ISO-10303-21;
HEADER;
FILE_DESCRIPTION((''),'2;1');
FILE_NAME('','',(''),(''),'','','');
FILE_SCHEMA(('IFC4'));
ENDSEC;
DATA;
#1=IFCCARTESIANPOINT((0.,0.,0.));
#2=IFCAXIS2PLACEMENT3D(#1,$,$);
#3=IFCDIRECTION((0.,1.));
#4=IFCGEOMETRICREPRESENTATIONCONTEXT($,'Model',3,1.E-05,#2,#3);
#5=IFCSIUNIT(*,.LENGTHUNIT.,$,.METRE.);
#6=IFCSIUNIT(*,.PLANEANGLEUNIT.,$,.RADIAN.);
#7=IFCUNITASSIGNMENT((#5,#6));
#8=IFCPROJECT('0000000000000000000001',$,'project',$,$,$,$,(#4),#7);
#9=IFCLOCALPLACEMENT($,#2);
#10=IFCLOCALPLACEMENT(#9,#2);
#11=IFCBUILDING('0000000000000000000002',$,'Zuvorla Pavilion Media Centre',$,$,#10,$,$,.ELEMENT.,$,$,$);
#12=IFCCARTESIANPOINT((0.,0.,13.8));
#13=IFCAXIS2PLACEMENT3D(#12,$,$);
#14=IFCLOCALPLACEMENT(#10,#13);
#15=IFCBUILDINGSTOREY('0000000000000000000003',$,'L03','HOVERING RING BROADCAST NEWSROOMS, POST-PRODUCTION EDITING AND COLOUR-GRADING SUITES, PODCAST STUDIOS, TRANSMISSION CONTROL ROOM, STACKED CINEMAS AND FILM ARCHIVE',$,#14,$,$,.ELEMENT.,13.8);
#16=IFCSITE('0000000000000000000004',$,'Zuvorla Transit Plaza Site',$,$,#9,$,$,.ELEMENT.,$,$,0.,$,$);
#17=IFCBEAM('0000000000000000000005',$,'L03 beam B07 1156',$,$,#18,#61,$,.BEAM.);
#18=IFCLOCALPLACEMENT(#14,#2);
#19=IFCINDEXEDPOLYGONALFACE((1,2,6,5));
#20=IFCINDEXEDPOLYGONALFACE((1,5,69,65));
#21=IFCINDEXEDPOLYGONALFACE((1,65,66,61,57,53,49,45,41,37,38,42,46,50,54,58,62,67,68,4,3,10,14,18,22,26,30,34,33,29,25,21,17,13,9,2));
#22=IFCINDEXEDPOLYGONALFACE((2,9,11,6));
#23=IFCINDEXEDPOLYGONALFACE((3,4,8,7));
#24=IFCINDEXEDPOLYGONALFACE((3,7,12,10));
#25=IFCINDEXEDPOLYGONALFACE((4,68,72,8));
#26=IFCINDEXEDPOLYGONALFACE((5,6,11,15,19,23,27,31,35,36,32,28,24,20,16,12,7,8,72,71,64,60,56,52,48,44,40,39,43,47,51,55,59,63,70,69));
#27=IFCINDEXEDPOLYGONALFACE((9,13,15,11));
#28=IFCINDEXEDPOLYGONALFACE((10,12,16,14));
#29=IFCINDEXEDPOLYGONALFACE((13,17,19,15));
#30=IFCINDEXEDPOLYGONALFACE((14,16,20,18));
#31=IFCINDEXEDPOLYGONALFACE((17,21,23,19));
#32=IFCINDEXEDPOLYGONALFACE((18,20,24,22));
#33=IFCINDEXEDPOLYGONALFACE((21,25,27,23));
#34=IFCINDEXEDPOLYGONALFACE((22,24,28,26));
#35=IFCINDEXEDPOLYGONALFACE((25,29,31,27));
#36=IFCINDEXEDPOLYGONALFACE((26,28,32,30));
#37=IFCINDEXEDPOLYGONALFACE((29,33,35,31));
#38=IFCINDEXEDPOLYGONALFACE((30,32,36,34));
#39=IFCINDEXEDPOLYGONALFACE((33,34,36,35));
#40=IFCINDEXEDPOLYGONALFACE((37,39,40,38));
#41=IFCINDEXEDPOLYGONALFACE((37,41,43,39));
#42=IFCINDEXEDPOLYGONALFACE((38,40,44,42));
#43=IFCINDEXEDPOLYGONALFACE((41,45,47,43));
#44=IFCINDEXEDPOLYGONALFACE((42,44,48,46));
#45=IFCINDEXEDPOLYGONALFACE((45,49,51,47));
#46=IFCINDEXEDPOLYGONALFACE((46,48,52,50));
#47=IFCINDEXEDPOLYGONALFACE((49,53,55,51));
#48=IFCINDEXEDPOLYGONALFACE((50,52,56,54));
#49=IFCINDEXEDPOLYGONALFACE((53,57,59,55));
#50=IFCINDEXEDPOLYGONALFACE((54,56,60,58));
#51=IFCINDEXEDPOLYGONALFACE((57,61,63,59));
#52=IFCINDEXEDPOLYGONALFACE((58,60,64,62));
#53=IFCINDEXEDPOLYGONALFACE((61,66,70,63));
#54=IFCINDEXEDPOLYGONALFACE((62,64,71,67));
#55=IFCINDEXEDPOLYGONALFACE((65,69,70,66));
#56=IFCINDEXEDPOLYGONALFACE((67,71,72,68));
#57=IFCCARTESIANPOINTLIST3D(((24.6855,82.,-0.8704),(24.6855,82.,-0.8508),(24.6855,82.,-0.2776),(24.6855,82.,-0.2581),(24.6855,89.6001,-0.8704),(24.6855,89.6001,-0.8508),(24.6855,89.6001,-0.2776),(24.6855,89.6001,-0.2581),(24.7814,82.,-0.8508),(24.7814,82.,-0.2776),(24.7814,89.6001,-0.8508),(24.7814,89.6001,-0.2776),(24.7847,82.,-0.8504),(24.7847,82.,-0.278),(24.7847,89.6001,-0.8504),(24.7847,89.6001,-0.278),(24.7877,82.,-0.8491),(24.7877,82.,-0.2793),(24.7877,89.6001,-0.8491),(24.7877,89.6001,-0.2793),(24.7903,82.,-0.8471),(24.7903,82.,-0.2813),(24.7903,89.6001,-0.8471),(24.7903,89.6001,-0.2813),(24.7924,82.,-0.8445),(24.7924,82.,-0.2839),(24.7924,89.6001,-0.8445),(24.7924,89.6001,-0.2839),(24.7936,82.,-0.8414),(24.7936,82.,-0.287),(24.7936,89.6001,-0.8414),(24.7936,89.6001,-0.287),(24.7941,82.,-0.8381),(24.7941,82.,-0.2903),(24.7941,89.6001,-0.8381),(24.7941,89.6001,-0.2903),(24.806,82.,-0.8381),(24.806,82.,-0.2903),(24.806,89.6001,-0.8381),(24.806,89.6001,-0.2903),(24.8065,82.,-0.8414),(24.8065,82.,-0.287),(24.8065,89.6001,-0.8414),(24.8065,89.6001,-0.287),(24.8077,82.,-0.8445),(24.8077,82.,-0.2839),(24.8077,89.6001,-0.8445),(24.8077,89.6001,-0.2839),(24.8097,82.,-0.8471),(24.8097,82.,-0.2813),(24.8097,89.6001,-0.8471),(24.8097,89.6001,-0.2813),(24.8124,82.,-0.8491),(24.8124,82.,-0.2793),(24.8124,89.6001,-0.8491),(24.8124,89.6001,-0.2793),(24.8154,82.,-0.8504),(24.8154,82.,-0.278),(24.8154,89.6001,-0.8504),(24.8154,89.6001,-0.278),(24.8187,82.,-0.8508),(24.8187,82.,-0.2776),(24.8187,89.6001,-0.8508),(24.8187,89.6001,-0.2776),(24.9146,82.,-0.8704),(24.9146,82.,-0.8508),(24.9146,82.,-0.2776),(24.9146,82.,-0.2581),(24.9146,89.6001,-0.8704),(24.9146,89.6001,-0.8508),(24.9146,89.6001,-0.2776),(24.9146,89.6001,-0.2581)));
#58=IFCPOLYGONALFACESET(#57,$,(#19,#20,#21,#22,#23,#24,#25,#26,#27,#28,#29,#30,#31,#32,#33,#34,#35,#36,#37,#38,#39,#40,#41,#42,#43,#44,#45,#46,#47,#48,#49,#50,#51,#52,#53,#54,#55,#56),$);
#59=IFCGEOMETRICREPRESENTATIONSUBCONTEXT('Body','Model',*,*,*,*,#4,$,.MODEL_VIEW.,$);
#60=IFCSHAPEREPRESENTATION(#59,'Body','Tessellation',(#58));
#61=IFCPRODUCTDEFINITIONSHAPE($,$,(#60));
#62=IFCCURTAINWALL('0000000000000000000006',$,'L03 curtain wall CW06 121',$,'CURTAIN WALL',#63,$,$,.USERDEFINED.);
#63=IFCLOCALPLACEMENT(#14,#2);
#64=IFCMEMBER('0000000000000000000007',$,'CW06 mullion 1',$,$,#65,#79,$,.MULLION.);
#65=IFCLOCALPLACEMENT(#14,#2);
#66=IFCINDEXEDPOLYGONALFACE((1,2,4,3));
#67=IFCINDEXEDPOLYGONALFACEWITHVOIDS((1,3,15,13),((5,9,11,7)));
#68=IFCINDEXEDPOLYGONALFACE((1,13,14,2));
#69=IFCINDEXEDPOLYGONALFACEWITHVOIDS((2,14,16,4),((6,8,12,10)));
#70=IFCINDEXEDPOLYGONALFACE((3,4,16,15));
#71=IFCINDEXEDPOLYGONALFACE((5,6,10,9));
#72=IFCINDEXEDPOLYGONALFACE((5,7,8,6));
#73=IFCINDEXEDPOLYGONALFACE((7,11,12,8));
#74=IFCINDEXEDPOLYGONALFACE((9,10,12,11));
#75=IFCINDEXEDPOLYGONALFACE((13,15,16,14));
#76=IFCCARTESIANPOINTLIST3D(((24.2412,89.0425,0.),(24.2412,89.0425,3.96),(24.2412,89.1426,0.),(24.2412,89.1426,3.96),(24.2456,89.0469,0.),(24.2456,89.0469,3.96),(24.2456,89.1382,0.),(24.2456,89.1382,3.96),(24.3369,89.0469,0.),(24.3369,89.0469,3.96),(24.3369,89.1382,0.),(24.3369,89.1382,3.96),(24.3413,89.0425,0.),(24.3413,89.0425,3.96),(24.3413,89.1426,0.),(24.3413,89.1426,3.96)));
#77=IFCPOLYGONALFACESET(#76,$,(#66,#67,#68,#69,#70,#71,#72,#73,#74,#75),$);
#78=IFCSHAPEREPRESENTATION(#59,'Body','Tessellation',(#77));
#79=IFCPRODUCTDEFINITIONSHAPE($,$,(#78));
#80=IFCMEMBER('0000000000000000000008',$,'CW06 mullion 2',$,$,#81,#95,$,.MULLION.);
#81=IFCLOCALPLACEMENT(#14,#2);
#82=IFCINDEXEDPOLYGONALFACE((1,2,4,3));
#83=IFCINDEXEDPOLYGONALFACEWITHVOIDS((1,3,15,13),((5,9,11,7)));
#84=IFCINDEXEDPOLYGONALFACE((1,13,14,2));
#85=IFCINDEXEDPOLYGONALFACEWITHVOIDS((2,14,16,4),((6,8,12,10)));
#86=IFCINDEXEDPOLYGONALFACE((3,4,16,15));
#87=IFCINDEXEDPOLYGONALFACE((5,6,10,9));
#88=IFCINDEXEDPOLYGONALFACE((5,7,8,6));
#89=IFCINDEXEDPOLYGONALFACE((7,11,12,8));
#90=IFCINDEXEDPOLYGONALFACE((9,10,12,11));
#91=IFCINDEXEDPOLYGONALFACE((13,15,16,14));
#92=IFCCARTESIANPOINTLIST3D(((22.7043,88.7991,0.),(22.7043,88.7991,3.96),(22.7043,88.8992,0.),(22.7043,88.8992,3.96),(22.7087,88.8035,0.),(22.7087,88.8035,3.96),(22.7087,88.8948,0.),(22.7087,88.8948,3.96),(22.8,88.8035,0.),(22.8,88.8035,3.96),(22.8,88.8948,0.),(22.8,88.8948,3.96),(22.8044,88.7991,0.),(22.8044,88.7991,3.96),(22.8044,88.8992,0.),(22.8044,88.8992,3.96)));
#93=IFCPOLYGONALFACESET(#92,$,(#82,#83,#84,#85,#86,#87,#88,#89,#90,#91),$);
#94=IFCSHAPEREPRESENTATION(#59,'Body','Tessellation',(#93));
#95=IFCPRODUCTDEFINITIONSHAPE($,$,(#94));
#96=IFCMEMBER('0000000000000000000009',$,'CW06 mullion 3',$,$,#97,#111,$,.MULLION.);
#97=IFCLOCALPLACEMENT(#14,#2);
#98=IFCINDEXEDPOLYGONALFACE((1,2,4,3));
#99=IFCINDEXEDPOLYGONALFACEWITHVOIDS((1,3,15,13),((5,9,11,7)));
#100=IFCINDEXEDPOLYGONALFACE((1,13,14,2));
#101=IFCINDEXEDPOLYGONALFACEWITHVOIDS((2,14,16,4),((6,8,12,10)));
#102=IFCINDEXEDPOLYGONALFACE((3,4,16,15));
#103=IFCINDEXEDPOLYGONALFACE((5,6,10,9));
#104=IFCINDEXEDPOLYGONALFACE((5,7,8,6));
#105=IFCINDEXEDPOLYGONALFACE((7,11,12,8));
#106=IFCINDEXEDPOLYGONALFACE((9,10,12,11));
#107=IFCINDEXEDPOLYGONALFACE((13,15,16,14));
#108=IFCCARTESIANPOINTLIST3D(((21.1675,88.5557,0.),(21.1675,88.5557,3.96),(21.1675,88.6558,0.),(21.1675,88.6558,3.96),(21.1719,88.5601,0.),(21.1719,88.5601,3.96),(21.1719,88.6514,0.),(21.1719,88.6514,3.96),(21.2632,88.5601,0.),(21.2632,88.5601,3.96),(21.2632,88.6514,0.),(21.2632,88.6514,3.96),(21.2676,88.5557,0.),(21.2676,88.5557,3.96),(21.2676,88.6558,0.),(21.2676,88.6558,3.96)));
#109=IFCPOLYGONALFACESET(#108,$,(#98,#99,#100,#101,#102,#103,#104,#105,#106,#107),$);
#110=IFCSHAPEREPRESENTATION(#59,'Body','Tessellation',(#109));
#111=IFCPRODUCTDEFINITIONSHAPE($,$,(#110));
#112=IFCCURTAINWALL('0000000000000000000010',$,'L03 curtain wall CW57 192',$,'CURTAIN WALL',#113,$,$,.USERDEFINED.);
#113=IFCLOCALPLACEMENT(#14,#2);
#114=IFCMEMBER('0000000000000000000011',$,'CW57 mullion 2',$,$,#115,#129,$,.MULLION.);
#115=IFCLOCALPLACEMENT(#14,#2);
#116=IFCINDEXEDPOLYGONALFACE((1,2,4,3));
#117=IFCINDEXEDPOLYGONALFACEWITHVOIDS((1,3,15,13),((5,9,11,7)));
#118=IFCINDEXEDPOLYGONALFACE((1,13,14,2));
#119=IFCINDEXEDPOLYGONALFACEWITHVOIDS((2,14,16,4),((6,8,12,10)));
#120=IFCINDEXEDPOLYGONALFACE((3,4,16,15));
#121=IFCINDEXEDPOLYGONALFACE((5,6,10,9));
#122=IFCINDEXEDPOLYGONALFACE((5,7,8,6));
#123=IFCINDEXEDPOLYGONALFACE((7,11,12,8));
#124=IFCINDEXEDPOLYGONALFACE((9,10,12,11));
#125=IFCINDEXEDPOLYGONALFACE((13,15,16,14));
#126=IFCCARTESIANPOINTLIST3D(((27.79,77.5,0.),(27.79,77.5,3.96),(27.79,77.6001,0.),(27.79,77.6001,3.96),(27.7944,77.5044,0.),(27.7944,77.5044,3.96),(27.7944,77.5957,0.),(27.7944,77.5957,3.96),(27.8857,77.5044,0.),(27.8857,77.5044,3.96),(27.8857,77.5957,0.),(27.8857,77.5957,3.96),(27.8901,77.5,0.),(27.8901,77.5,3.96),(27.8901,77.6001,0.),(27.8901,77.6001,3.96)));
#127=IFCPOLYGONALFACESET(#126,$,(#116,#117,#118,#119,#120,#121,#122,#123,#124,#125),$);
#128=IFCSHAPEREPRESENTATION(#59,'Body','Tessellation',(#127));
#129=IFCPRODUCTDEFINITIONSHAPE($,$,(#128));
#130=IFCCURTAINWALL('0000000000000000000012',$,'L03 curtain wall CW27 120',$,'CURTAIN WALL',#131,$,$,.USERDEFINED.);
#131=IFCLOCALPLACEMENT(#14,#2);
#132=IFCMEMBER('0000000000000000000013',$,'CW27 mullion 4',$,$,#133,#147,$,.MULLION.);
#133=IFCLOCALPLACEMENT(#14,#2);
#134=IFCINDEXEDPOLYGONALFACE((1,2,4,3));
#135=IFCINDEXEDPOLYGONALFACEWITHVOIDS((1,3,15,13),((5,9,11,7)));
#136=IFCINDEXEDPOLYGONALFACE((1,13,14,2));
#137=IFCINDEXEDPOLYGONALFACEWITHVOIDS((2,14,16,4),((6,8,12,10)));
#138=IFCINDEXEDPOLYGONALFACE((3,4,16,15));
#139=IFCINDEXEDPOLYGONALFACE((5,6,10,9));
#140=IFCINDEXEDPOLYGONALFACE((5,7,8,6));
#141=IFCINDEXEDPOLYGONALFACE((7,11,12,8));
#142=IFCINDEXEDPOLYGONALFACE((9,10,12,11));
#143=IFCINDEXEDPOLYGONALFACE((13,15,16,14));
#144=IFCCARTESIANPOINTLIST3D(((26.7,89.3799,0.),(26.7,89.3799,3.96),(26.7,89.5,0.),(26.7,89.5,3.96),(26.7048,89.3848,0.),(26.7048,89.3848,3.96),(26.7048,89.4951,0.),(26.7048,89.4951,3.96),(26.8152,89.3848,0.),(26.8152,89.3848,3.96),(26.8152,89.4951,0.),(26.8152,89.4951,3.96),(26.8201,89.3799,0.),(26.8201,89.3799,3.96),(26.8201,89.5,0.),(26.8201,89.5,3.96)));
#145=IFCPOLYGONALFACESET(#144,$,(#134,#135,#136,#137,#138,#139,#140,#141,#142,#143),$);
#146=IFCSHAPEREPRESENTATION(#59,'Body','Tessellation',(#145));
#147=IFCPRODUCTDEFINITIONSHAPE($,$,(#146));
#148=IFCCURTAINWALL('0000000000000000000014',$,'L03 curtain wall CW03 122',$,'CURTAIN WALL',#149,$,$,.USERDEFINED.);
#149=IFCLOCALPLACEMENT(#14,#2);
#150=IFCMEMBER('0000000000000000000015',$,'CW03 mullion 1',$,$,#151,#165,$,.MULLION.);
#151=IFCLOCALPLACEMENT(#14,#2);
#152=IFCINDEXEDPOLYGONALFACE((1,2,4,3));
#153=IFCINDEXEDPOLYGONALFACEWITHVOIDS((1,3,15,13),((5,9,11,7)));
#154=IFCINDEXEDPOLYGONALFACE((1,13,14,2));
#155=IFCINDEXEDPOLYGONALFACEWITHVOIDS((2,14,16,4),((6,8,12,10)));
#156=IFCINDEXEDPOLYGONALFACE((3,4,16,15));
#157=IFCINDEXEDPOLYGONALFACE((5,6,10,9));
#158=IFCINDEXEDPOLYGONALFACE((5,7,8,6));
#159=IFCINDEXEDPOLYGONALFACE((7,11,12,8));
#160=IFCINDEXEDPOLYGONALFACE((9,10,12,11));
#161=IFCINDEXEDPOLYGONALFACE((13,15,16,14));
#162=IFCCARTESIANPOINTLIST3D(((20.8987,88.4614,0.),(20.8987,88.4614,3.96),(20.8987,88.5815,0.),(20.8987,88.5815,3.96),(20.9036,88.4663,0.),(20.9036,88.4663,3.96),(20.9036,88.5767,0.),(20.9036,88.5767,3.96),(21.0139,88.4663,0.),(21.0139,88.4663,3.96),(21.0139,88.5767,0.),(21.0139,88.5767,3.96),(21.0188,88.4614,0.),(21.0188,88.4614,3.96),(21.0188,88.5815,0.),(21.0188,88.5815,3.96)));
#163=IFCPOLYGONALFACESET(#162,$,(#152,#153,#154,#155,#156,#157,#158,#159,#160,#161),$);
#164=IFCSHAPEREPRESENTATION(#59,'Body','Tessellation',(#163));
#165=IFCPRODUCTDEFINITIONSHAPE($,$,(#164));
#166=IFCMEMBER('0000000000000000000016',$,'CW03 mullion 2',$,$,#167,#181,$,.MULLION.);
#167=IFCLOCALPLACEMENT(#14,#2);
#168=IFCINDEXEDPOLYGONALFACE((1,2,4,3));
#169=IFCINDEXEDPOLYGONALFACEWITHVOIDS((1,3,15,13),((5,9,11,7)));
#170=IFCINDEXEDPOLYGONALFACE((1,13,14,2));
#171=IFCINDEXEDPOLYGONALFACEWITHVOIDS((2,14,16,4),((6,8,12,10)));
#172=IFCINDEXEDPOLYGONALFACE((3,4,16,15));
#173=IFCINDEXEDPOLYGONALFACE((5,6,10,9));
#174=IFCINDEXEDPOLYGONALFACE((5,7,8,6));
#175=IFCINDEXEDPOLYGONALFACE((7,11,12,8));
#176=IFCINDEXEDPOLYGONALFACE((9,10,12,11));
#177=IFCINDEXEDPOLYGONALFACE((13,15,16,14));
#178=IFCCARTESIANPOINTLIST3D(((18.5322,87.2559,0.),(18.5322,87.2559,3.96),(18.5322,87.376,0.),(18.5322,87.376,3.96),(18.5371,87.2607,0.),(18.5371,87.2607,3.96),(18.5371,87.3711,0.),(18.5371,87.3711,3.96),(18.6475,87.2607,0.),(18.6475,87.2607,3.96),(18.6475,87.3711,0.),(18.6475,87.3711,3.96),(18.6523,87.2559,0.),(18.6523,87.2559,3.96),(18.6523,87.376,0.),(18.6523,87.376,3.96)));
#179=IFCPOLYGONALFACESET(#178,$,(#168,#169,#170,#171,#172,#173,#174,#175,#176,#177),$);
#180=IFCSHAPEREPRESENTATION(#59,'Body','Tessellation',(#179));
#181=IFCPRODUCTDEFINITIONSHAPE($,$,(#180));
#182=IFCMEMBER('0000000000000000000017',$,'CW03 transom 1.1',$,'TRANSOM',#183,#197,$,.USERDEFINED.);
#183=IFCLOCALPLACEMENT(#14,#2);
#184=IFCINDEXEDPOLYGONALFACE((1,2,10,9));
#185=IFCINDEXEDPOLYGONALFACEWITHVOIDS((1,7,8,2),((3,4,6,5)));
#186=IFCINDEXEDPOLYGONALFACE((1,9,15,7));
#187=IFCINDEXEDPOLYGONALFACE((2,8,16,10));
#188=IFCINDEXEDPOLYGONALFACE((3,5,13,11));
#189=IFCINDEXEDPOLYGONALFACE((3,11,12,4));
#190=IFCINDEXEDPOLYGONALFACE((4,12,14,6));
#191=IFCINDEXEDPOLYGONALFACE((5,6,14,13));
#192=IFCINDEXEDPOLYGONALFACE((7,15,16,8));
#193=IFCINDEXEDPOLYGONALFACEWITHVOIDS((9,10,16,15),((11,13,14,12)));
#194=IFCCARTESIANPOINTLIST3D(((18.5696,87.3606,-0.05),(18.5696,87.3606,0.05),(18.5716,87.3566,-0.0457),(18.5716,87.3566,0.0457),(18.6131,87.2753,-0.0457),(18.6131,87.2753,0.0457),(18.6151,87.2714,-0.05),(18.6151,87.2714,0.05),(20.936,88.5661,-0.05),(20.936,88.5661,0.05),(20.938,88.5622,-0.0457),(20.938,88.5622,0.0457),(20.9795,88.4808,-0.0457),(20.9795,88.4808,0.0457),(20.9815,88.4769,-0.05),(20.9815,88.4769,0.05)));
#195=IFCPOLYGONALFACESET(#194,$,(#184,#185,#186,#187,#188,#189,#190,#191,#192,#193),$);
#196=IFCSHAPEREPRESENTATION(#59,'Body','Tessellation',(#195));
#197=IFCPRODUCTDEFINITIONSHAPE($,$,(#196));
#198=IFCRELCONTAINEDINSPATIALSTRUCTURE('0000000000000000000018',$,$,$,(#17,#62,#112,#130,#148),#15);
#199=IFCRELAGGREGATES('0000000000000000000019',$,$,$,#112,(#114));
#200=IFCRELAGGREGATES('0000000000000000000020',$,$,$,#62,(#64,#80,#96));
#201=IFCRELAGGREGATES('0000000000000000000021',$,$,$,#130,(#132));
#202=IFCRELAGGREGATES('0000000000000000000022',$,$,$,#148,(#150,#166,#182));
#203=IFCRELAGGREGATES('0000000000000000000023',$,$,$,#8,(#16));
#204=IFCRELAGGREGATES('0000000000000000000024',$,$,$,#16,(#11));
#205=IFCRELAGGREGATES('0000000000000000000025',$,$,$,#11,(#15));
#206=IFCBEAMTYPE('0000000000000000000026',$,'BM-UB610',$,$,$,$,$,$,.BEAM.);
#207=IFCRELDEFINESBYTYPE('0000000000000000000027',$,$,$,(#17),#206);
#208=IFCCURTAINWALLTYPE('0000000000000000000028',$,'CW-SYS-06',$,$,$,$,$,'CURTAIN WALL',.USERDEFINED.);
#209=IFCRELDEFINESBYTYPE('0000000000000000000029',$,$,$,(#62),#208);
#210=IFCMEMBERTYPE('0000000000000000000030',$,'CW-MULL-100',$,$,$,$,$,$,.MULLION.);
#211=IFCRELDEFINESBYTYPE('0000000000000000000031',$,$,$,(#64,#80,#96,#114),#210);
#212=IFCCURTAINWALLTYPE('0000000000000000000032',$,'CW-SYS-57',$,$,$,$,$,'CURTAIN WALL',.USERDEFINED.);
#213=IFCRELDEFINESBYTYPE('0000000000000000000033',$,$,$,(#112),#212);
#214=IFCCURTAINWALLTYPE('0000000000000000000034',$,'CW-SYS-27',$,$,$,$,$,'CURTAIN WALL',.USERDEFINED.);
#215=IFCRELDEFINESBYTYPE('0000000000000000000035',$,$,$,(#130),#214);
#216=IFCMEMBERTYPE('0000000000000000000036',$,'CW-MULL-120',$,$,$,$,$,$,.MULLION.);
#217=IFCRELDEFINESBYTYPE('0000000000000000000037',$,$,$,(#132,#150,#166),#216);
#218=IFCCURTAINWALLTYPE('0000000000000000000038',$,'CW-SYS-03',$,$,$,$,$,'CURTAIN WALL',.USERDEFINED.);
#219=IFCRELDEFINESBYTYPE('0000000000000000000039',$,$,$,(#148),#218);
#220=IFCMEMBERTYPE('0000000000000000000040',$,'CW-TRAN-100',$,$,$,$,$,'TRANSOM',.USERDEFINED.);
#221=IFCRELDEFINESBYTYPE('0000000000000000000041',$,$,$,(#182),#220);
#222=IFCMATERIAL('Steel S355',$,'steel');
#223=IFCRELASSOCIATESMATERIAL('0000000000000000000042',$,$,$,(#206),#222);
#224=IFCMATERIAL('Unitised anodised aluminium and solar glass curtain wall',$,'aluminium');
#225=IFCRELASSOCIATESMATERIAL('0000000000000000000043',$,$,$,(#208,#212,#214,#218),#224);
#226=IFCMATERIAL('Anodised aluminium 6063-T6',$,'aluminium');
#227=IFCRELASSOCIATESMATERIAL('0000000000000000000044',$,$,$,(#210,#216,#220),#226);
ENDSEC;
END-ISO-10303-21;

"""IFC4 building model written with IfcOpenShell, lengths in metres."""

from ifc_helpers import new_model, si_unit, direction, frame, origin, origin_2d, place, context, subcontext, project, spatial, hollow_rectangle, i_section, extrude, material, material_profile, profile_set, type_object, element, aggregate, save


model = new_model("IFC4")

# Units and contexts
model_context = context("Model", 3, precision=1e-05, world=origin(), true_north=direction((0.0, 1.0)))
body_context = subcontext(model_context, "Body", "Model", "MODEL_VIEW")
ifc_project = project(units=[si_unit("LENGTHUNIT", "METRE"), si_unit("PLANEANGLEUNIT", "RADIAN")], contexts=[model_context])

# Site, building, storey
site_placement = place(None, origin())
site = spatial("IfcSite", under=ifc_project, at=site_placement, Name="Zuvorla Transit Plaza Site", CompositionType="ELEMENT", RefElevation=0.0)
building_placement = place(site_placement, origin())
building = spatial("IfcBuilding", under=site, at=building_placement, Name="Zuvorla Pavilion Media Centre", CompositionType="ELEMENT")
storey_placement = place(building_placement, frame((0.0, 0.0, 13.8)))
storey = spatial("IfcBuildingStorey", under=building, at=storey_placement, Name="L03", Description="HOVERING RING BROADCAST NEWSROOMS, POST-PRODUCTION EDITING AND COLOUR-GRADING SUITES, PODCAST STUDIOS, TRANSMISSION CONTROL ROOM, STACKED CINEMAS AND FILM ARCHIVE", CompositionType="ELEMENT", Elevation=13.8)

# Shared definitions
ifc_material_1 = material(Name="Steel S355", Category="steel")

# Beam
ifc_material_profile_1 = material_profile(ifc_material_1, i_section(OverallWidth=0.229, OverallDepth=0.6123, WebThickness=0.012, FlangeThickness=0.0195, FilletRadius=0.0127, at=origin_2d()), Name="UB 610x229x125")
ifc_profile_set_1 = profile_set([ifc_material_profile_1], Name="Steel S355")
beam_type_1 = type_object("IfcBeamType", Name="BM-UB610", PredefinedType="BEAM", material=ifc_profile_set_1)
beam_1_placement = place(storey_placement, frame((24.8, 82.0, -0.5642), z_axis=(0.0, 1.0, 0.0), x_axis=(-1.0, 0.0, 0.0)))
element("IfcBeam", 1, at=beam_1_placement, inside=storey, type_object=beam_type_1, Name="L03 beam B07 1156", PredefinedType="BEAM", context=body_context, shape_type="SweptSolid", body=[
    extrude(i_section(OverallWidth=0.229, OverallDepth=0.6123, WebThickness=0.012, FlangeThickness=0.0195, FilletRadius=0.0127, at=origin_2d()), origin(), (0.0, 0.0, 1.0), 7.6001),
])

# Curtain wall, members
ifc_material_2 = material(Name="Unitised anodised aluminium and solar glass curtain wall", Category="aluminium")
curtain_wall_type_1 = type_object("IfcCurtainWallType", Name="CW-SYS-06", ElementType="CURTAIN WALL", PredefinedType="USERDEFINED", material=ifc_material_2)
curtain_wall_1_placement = place(storey_placement, origin())
curtain_wall_1 = element("IfcCurtainWall", 2, at=curtain_wall_1_placement, inside=storey, type_object=curtain_wall_type_1, Name="L03 curtain wall CW06 121", ObjectType="CURTAIN WALL", PredefinedType="USERDEFINED")
ifc_material_3 = material(Name="Anodised aluminium 6063-T6", Category="aluminium")
ifc_material_profile_2 = material_profile(ifc_material_3, hollow_rectangle(XDim=0.1001, YDim=0.1001, WallThickness=0.0044, at=origin_2d()), Name="ALU MULL 100x100")
ifc_profile_set_2 = profile_set([ifc_material_profile_2], Name="Anodised aluminium 6063-T6")
member_type_1 = type_object("IfcMemberType", Name="CW-MULL-100", PredefinedType="MULLION", material=ifc_profile_set_2)
member_1_placement = place(storey_placement, frame((24.2913, 89.0925, 0.0), z_axis=(0.0, 0.0, 1.0), x_axis=(1.0, 0.0, 0.0)))
member_1 = element("IfcMember", 3, at=member_1_placement, type_object=member_type_1, Name="CW06 mullion 1", PredefinedType="MULLION", context=body_context, shape_type="SweptSolid", body=[
    extrude(hollow_rectangle(XDim=0.1001, YDim=0.1001, WallThickness=0.0044, at=origin_2d()), origin(), (0.0, 0.0, 1.0), 3.96),
])
member_2_placement = place(storey_placement, frame((22.7544, 88.8491, 0.0), z_axis=(0.0, 0.0, 1.0), x_axis=(1.0, 0.0, 0.0)))
member_2 = element("IfcMember", 4, at=member_2_placement, type_object=member_type_1, Name="CW06 mullion 2", PredefinedType="MULLION", context=body_context, shape_type="SweptSolid", body=[
    extrude(hollow_rectangle(XDim=0.1001, YDim=0.1001, WallThickness=0.0044, at=origin_2d()), origin(), (0.0, 0.0, 1.0), 3.96),
])
member_3_placement = place(storey_placement, frame((21.2175, 88.6057, 0.0), z_axis=(0.0, 0.0, 1.0), x_axis=(1.0, 0.0, 0.0)))
member_3 = element("IfcMember", 5, at=member_3_placement, type_object=member_type_1, Name="CW06 mullion 3", PredefinedType="MULLION", context=body_context, shape_type="SweptSolid", body=[
    extrude(hollow_rectangle(XDim=0.1001, YDim=0.1001, WallThickness=0.0044, at=origin_2d()), origin(), (0.0, 0.0, 1.0), 3.96),
])

# Curtain walls, members
curtain_wall_type_2 = type_object("IfcCurtainWallType", Name="CW-SYS-57", ElementType="CURTAIN WALL", PredefinedType="USERDEFINED", material=ifc_material_2)
curtain_wall_2_placement = place(storey_placement, origin())
curtain_wall_2 = element("IfcCurtainWall", 6, at=curtain_wall_2_placement, inside=storey, type_object=curtain_wall_type_2, Name="L03 curtain wall CW57 192", ObjectType="CURTAIN WALL", PredefinedType="USERDEFINED")
member_4_placement = place(storey_placement, frame((27.8401, 77.55, 0.0), z_axis=(0.0, 0.0, 1.0), x_axis=(1.0, 0.0, 0.0)))
member_4 = element("IfcMember", 7, at=member_4_placement, type_object=member_type_1, Name="CW57 mullion 2", PredefinedType="MULLION", context=body_context, shape_type="SweptSolid", body=[
    extrude(hollow_rectangle(XDim=0.1001, YDim=0.1001, WallThickness=0.0044, at=origin_2d()), origin(), (0.0, 0.0, 1.0), 3.96),
])
curtain_wall_type_3 = type_object("IfcCurtainWallType", Name="CW-SYS-27", ElementType="CURTAIN WALL", PredefinedType="USERDEFINED", material=ifc_material_2)
curtain_wall_3_placement = place(storey_placement, origin())
curtain_wall_3 = element("IfcCurtainWall", 8, at=curtain_wall_3_placement, inside=storey, type_object=curtain_wall_type_3, Name="L03 curtain wall CW27 120", ObjectType="CURTAIN WALL", PredefinedType="USERDEFINED")
ifc_material_profile_3 = material_profile(ifc_material_3, hollow_rectangle(XDim=0.1201, YDim=0.1201, WallThickness=0.0049, at=origin_2d()), Name="ALU MULL 120x120")
ifc_profile_set_3 = profile_set([ifc_material_profile_3], Name="Anodised aluminium 6063-T6")
member_type_2 = type_object("IfcMemberType", Name="CW-MULL-120", PredefinedType="MULLION", material=ifc_profile_set_3)
member_5_placement = place(storey_placement, frame((26.76, 89.4399, 0.0), z_axis=(0.0, 0.0, 1.0), x_axis=(1.0, 0.0, 0.0)))
member_5 = element("IfcMember", 9, at=member_5_placement, type_object=member_type_2, Name="CW27 mullion 4", PredefinedType="MULLION", context=body_context, shape_type="SweptSolid", body=[
    extrude(hollow_rectangle(XDim=0.1201, YDim=0.1201, WallThickness=0.0049, at=origin_2d()), origin(), (0.0, 0.0, 1.0), 3.96),
])

# Curtain wall, members
curtain_wall_type_4 = type_object("IfcCurtainWallType", Name="CW-SYS-03", ElementType="CURTAIN WALL", PredefinedType="USERDEFINED", material=ifc_material_2)
curtain_wall_4_placement = place(storey_placement, origin())
curtain_wall_4 = element("IfcCurtainWall", 10, at=curtain_wall_4_placement, inside=storey, type_object=curtain_wall_type_4, Name="L03 curtain wall CW03 122", ObjectType="CURTAIN WALL", PredefinedType="USERDEFINED")
member_6_placement = place(storey_placement, frame((20.9587, 88.5215, 0.0), z_axis=(0.0, 0.0, 1.0), x_axis=(1.0, 0.0, 0.0)))
member_6 = element("IfcMember", 11, at=member_6_placement, type_object=member_type_2, Name="CW03 mullion 1", PredefinedType="MULLION", context=body_context, shape_type="SweptSolid", body=[
    extrude(hollow_rectangle(XDim=0.1201, YDim=0.1201, WallThickness=0.0049, at=origin_2d()), origin(), (0.0, 0.0, 1.0), 3.96),
])
member_7_placement = place(storey_placement, frame((18.5923, 87.3159, 0.0), z_axis=(0.0, 0.0, 1.0), x_axis=(1.0, 0.0, 0.0)))
member_7 = element("IfcMember", 12, at=member_7_placement, type_object=member_type_2, Name="CW03 mullion 2", PredefinedType="MULLION", context=body_context, shape_type="SweptSolid", body=[
    extrude(hollow_rectangle(XDim=0.1201, YDim=0.1201, WallThickness=0.0049, at=origin_2d()), origin(), (0.0, 0.0, 1.0), 3.96),
])
ifc_material_profile_4 = material_profile(ifc_material_3, hollow_rectangle(XDim=0.1001, YDim=0.1001, WallThickness=0.0044, at=origin_2d()), Name="ALU TRAN 100x100")
ifc_profile_set_4 = profile_set([ifc_material_profile_4], Name="Anodised aluminium 6063-T6")
member_type_3 = type_object("IfcMemberType", Name="CW-TRAN-100", ElementType="TRANSOM", PredefinedType="USERDEFINED", material=ifc_profile_set_4)
member_8_placement = place(storey_placement, frame((20.9587, 88.5215, 0.0), z_axis=(-0.891037, -0.45393, 0.0), x_axis=(0.45393, -0.891037, 0.0)))
member_8 = element("IfcMember", 13, at=member_8_placement, type_object=member_type_3, Name="CW03 transom 1.1", ObjectType="TRANSOM", PredefinedType="USERDEFINED", context=body_context, shape_type="SweptSolid", body=[
    extrude(hollow_rectangle(XDim=0.1001, YDim=0.1001, WallThickness=0.0044, at=origin_2d()), origin(), (0.0, 0.0, 1.0), 2.6558),
])

aggregate(curtain_wall_2, [member_4])

aggregate(curtain_wall_1, [member_1, member_2, member_3])
aggregate(curtain_wall_3, [member_5])
aggregate(curtain_wall_4, [member_6, member_7, member_8])

save(model, "model.ifc")
